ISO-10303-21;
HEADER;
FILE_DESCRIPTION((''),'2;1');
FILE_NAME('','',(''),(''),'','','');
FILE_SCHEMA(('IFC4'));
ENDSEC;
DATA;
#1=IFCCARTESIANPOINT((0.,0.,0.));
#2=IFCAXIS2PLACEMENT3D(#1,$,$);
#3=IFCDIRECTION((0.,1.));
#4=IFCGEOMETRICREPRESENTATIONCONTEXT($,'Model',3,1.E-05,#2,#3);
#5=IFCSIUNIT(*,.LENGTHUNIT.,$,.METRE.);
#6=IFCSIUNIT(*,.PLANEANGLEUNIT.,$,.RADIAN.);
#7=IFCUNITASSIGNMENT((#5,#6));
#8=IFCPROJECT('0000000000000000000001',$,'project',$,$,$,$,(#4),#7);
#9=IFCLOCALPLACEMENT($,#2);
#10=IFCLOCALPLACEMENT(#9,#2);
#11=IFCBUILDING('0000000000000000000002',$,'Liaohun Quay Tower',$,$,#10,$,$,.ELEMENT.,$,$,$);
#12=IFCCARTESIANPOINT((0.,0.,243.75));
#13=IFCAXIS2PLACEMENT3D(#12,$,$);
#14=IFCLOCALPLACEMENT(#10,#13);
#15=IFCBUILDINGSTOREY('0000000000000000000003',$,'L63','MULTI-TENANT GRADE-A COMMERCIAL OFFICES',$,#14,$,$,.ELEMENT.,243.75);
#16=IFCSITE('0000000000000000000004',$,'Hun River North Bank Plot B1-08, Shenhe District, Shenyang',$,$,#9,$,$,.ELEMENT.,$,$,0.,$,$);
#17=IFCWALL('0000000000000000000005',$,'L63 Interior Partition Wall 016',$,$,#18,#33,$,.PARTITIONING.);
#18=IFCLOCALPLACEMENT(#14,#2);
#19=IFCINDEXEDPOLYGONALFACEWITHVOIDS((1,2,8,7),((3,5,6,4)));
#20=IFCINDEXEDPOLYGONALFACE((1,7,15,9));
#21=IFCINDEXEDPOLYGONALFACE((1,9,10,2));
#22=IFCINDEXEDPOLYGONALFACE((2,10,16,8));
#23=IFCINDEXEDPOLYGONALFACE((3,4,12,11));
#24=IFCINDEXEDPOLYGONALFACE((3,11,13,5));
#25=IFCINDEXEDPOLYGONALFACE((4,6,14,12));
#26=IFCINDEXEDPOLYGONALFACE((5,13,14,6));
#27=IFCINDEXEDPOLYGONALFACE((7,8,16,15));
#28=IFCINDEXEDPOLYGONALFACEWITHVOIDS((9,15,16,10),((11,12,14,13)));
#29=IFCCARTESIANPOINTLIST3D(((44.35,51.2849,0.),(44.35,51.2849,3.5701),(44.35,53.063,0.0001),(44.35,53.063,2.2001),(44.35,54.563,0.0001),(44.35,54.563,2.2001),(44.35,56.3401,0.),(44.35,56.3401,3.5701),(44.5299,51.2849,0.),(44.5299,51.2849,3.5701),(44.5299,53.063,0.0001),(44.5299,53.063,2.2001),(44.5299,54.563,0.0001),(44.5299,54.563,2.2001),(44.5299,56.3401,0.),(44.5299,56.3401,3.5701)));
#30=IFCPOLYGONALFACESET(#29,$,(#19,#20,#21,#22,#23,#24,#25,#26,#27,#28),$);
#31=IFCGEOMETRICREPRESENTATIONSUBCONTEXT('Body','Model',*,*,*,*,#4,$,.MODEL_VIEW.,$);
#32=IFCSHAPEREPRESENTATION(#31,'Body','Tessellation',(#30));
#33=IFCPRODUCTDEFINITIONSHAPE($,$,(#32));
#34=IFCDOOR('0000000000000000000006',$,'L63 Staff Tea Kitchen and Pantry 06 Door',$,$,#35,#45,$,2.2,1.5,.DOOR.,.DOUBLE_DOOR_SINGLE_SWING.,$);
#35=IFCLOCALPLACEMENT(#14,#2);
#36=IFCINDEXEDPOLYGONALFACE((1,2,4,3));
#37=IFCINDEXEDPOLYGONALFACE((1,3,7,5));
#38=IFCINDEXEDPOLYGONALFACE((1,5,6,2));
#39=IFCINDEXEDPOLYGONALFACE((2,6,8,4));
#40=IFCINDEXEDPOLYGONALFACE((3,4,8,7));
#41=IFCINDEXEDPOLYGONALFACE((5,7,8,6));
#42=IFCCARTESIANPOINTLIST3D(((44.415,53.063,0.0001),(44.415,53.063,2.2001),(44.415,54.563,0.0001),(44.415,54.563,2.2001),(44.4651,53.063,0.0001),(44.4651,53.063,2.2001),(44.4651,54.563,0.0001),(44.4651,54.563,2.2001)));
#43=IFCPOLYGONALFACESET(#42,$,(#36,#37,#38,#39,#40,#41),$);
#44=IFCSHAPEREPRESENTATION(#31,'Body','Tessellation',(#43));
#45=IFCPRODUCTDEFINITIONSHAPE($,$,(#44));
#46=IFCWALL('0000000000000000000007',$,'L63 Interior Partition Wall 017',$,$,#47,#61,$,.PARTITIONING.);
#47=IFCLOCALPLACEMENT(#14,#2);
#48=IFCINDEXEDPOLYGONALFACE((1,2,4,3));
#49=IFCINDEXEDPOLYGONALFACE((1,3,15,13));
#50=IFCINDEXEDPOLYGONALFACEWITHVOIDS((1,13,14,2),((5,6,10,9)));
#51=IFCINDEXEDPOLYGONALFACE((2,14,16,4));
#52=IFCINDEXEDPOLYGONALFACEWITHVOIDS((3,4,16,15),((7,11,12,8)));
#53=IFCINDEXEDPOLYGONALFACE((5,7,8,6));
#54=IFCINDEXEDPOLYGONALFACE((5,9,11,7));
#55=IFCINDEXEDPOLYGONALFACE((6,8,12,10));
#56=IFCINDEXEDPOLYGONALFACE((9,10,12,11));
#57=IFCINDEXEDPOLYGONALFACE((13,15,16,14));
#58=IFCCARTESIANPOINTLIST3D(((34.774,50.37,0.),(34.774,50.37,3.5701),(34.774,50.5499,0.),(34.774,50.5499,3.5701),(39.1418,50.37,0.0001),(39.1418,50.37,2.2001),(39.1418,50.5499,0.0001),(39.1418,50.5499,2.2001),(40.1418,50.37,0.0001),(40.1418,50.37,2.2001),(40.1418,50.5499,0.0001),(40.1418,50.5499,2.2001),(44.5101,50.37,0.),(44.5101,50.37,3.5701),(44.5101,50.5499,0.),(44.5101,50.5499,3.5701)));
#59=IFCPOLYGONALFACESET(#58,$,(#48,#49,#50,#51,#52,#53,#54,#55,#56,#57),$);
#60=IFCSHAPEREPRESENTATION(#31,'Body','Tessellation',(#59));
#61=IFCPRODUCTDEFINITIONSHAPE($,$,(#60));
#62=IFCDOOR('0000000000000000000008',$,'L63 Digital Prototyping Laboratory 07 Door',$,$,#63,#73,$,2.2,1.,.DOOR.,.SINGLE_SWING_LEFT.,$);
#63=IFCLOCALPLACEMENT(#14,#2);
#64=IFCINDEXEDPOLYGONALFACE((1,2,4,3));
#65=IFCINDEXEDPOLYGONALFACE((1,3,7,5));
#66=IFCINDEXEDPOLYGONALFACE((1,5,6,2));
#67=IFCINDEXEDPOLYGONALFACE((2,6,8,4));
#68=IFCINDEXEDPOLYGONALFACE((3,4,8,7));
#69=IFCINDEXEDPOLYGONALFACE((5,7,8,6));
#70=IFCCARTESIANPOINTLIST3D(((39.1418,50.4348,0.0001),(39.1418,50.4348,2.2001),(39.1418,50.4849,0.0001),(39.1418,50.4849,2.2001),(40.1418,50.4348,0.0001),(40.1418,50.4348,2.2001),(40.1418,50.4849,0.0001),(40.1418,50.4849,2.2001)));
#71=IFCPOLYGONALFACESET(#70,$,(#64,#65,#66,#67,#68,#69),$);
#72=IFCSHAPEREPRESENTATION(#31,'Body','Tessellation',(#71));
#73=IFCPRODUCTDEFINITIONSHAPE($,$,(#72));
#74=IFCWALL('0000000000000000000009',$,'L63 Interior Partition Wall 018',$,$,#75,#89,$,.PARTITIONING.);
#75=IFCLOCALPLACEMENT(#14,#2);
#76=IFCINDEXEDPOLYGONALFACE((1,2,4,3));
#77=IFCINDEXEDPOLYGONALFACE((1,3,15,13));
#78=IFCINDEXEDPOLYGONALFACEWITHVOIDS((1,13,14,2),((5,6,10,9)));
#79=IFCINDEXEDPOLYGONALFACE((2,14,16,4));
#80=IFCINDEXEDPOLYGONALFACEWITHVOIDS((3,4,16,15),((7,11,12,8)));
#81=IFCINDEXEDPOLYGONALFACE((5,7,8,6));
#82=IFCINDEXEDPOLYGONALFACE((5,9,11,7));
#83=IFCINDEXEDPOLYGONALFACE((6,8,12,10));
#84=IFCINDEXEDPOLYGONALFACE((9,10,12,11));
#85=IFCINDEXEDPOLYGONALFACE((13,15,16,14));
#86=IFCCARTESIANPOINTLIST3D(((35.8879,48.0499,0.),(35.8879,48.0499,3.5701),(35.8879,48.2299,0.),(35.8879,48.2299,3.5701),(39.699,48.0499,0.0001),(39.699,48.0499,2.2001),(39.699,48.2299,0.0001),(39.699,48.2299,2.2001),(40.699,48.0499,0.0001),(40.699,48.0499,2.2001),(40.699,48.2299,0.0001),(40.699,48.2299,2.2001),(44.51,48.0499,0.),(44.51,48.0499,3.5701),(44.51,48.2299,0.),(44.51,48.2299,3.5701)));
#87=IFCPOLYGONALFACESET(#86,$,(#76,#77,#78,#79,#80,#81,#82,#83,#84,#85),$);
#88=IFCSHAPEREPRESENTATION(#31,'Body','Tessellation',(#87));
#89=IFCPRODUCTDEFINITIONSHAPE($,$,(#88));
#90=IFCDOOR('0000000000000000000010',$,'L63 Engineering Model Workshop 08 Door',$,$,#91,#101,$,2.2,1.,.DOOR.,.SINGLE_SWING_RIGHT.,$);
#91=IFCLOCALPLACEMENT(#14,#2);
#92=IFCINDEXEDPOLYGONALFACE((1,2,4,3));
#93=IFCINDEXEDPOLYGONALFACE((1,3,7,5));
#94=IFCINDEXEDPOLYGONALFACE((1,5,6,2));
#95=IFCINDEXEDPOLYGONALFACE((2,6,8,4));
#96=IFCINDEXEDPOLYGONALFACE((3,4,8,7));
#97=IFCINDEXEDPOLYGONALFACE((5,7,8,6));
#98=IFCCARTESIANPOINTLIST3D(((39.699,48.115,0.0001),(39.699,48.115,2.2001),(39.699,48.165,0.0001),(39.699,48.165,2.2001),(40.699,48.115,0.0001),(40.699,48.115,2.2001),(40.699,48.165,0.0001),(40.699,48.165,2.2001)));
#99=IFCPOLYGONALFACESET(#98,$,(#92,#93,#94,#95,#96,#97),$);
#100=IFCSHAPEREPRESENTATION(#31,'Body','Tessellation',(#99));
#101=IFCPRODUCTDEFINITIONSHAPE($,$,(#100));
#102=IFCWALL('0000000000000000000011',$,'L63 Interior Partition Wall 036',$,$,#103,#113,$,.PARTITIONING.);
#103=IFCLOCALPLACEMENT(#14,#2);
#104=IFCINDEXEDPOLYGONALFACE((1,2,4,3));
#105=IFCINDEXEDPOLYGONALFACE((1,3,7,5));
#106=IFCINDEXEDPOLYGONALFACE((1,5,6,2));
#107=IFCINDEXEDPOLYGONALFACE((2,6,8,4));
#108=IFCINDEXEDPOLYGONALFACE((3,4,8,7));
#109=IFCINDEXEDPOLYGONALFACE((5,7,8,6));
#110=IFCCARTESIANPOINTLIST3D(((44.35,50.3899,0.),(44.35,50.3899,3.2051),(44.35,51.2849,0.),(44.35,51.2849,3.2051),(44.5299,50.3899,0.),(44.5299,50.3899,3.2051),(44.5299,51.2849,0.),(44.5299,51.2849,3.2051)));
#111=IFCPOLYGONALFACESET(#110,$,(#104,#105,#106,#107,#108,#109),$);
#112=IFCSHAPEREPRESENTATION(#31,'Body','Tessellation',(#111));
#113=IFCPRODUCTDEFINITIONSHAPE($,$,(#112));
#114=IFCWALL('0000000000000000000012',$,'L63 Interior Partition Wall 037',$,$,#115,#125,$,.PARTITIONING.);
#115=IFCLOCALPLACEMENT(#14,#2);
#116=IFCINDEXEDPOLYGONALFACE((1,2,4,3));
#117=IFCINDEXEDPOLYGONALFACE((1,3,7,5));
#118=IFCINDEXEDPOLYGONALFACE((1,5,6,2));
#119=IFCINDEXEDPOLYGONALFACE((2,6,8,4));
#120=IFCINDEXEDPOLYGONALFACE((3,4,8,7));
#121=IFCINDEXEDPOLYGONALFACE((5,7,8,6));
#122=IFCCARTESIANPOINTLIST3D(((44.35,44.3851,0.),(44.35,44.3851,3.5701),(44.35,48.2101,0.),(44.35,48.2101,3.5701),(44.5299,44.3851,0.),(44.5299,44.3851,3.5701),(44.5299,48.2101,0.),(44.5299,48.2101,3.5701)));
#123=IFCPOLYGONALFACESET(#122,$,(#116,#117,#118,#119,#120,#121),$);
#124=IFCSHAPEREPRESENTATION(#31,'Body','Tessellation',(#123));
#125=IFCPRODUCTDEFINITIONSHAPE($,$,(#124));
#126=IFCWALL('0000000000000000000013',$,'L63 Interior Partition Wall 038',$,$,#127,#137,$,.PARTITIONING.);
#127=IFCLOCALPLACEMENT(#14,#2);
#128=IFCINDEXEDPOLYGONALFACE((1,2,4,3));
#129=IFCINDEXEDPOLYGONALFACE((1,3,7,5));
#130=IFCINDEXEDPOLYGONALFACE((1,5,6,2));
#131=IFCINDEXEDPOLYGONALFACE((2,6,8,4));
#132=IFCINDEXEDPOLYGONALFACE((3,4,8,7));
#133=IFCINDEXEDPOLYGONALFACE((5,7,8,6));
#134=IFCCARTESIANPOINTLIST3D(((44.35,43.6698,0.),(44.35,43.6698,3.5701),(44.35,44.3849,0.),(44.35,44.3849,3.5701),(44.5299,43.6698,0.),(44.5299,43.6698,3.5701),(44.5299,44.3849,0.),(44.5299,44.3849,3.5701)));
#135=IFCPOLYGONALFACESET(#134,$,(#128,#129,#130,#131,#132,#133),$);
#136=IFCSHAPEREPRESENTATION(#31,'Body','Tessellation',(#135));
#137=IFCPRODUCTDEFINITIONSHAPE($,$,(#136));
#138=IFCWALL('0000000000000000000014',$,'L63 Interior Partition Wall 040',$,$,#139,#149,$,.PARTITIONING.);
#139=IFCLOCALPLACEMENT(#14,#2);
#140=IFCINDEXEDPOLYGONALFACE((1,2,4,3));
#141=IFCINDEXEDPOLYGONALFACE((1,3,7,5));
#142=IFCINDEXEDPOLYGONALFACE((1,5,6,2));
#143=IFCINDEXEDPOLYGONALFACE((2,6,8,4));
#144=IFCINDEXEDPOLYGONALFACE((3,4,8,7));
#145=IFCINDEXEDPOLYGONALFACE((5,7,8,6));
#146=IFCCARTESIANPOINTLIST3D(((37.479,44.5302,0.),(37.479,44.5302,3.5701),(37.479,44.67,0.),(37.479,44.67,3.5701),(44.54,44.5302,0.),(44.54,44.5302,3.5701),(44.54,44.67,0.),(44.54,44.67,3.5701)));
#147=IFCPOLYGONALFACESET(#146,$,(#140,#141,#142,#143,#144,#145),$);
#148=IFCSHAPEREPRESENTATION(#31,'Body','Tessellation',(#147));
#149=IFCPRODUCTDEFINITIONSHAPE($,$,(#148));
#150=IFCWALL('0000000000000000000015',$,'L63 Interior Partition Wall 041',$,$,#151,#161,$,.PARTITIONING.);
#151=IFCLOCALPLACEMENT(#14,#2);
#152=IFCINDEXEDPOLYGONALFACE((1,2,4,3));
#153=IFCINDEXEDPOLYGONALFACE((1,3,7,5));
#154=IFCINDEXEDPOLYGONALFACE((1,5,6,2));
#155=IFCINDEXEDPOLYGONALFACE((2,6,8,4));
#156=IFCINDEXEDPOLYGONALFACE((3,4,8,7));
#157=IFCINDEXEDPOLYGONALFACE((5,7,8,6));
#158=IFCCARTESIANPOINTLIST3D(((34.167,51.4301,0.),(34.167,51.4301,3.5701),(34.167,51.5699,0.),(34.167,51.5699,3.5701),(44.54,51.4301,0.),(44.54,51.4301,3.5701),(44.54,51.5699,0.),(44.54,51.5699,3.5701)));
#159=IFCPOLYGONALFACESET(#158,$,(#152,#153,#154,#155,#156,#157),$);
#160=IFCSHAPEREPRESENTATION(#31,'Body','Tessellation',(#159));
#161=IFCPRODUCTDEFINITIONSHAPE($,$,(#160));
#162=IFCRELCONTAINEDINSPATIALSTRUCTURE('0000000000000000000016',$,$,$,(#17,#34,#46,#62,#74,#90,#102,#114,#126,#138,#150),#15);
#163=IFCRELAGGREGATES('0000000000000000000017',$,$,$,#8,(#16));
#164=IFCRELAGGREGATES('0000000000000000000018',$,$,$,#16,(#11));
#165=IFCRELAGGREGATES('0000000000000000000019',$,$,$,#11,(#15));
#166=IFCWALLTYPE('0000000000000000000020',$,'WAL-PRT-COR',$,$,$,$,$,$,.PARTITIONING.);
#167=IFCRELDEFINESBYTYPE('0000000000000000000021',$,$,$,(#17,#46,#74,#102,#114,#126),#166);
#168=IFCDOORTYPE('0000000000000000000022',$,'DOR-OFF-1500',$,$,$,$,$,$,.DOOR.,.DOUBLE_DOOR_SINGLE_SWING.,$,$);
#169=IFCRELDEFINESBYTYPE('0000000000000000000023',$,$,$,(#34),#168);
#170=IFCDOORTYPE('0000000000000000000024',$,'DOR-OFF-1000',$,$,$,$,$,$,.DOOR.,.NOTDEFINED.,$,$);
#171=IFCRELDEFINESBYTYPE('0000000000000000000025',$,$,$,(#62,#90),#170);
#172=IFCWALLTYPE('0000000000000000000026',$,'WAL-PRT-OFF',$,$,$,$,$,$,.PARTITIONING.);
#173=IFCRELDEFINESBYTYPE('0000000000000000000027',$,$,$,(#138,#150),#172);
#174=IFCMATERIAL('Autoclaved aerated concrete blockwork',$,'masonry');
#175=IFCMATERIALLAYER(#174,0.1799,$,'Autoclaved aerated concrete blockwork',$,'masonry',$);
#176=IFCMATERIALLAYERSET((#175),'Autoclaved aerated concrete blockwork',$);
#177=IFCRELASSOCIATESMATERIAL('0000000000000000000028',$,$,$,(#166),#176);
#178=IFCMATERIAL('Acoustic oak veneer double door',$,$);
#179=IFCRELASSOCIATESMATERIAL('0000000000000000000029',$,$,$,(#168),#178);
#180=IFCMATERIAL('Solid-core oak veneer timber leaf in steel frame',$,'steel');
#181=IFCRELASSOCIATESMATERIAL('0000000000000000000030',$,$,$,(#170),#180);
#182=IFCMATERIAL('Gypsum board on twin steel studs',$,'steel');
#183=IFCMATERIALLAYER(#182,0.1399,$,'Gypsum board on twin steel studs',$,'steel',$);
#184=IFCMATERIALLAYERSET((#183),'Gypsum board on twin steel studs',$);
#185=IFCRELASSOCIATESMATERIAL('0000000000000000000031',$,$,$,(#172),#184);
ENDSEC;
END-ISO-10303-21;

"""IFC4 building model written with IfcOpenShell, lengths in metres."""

from ifc_helpers import new_model, si_unit, direction, frame, frame_2d, origin, place, context, subcontext, project, spatial, rectangle, extrude, source, transform, mapped, material, layer, layer_set, type_object, element, fill, save


model = new_model("IFC4")

# Units and contexts
model_context = context("Model", 3, precision=1e-05, world=origin(), true_north=direction((0.0, 1.0)))
body_context = subcontext(model_context, "Body", "Model", "MODEL_VIEW")
ifc_project = project(units=[si_unit("LENGTHUNIT", "METRE"), si_unit("PLANEANGLEUNIT", "RADIAN")], contexts=[model_context])

# Site, building, storey
site_placement = place(None, origin())
site = spatial("IfcSite", under=ifc_project, at=site_placement, Name="Hun River North Bank Plot B1-08, Shenhe District, Shenyang", CompositionType="ELEMENT", RefElevation=0.0)
building_placement = place(site_placement, origin())
building = spatial("IfcBuilding", under=site, at=building_placement, Name="Liaohun Quay Tower", CompositionType="ELEMENT")
storey_placement = place(building_placement, frame((0.0, 0.0, 243.75)))
storey = spatial("IfcBuildingStorey", under=building, at=storey_placement, Name="L63", Description="MULTI-TENANT GRADE-A COMMERCIAL OFFICES", CompositionType="ELEMENT", Elevation=243.75)

# Walls, openings, doors
ifc_material_1 = material(Name="Autoclaved aerated concrete blockwork", Category="masonry")
ifc_layer_1 = layer(ifc_material_1, 0.1799, Name="Autoclaved aerated concrete blockwork", Category="masonry")
ifc_layer_set_1 = layer_set([ifc_layer_1], Name="Autoclaved aerated concrete blockwork")
wall_type_1 = type_object("IfcWallType", Name="WAL-PRT-COR", PredefinedType="PARTITIONING", material=ifc_layer_set_1)
wall_1_placement = place(storey_placement, frame((44.4399, 51.2849, 0.0), z_axis=(0.0, 0.0, 1.0), x_axis=(0.0, 1.0, 0.0)))
wall_1 = element("IfcWall", 1, at=wall_1_placement, inside=storey, type_object=wall_type_1, Name="L63 Interior Partition Wall 016", PredefinedType="PARTITIONING", context=body_context, shape_type="SweptSolid", body=[
    extrude(rectangle(XDim=5.0552, YDim=0.1799, at=frame_2d((2.5276, 0.0))), origin(), (0.0, 0.0, 1.0), 3.5701),
])
shared_shape_1 = source(origin(), body_context, "Body", "SweptSolid", [
    extrude(rectangle(XDim=1.5, YDim=2.2, at=frame_2d((0.75, 1.1001))), frame((0.0, 0.0999, 0.0), z_axis=(0.0, -1.0, 0.0), x_axis=(1.0, 0.0, 0.0)), (0.0, 0.0, 1.0), 0.2),
])
opening_1_placement = place(wall_1_placement, frame((1.7781, 0.0, 0.0)))
opening_1 = element("IfcOpeningElement", 2, at=opening_1_placement, cuts=wall_1, PredefinedType="OPENING", context=body_context, shape_type="MappedRepresentation", body=[
    mapped(shared_shape_1, transform((0.0, 0.0, 0.0), x_axis=(1.0, 0.0, 0.0), y_axis=(0.0, 1.0, 0.0), z_axis=(0.0, 0.0, 1.0), scale=1.0)),
])
ifc_material_2 = material(Name="Acoustic oak veneer double door")
door_type_1 = type_object("IfcDoorType", Name="DOR-OFF-1500", OperationType="DOUBLE_DOOR_SINGLE_SWING", PredefinedType="DOOR", material=ifc_material_2)
shared_shape_2 = source(origin(), body_context, "Body", "SweptSolid", [
    extrude(rectangle(XDim=1.5, YDim=2.2, at=frame_2d((0.75, 1.1001))), frame((0.0, 0.0249, 0.0), z_axis=(0.0, -1.0, 0.0), x_axis=(1.0, 0.0, 0.0)), (0.0, 0.0, 1.0), 0.05),
])
door_1_placement = place(opening_1_placement, origin())
door_1 = element("IfcDoor", 3, at=door_1_placement, inside=storey, type_object=door_type_1, Name="L63 Staff Tea Kitchen and Pantry 06 Door", OperationType="DOUBLE_DOOR_SINGLE_SWING", OverallHeight=2.2, OverallWidth=1.5, PredefinedType="DOOR", context=body_context, shape_type="MappedRepresentation", body=[
    mapped(shared_shape_2, transform((0.0, 0.0, 0.0), x_axis=(1.0, 0.0, 0.0), y_axis=(0.0, 1.0, 0.0), z_axis=(0.0, 0.0, 1.0), scale=1.0)),
])
fill(opening_1, door_1)
wall_2_placement = place(storey_placement, frame((34.7739, 50.46, 0.0), z_axis=(0.0, 0.0, 1.0), x_axis=(1.0, 0.0, 0.0)))
wall_2 = element("IfcWall", 4, at=wall_2_placement, inside=storey, type_object=wall_type_1, Name="L63 Interior Partition Wall 017", PredefinedType="PARTITIONING", context=body_context, shape_type="SweptSolid", body=[
    extrude(rectangle(XDim=9.7361, YDim=0.1799, at=frame_2d((4.8682, 0.0))), origin(), (0.0, 0.0, 1.0), 3.5701),
])
shared_shape_3 = source(origin(), body_context, "Body", "SweptSolid", [
    extrude(rectangle(XDim=1.0, YDim=2.2, at=frame_2d((0.5, 1.1001))), frame((0.0, 0.0999, 0.0), z_axis=(0.0, -1.0, 0.0), x_axis=(1.0, 0.0, 0.0)), (0.0, 0.0, 1.0), 0.2),
])
opening_2_placement = place(wall_2_placement, frame((4.3679, 0.0, 0.0)))
opening_2 = element("IfcOpeningElement", 5, at=opening_2_placement, cuts=wall_2, PredefinedType="OPENING", context=body_context, shape_type="MappedRepresentation", body=[
    mapped(shared_shape_3, transform((0.0, 0.0, 0.0), x_axis=(1.0, 0.0, 0.0), y_axis=(0.0, 1.0, 0.0), z_axis=(0.0, 0.0, 1.0), scale=1.0)),
])
ifc_material_3 = material(Name="Solid-core oak veneer timber leaf in steel frame", Category="steel")
door_type_2 = type_object("IfcDoorType", Name="DOR-OFF-1000", OperationType="NOTDEFINED", PredefinedType="DOOR", material=ifc_material_3)
shared_shape_4 = source(origin(), body_context, "Body", "SweptSolid", [
    extrude(rectangle(XDim=1.0, YDim=2.2, at=frame_2d((0.5, 1.1001))), frame((0.0, 0.0249, 0.0), z_axis=(0.0, -1.0, 0.0), x_axis=(1.0, 0.0, 0.0)), (0.0, 0.0, 1.0), 0.05),
])
door_2_placement = place(opening_2_placement, origin())
door_2 = element("IfcDoor", 6, at=door_2_placement, inside=storey, type_object=door_type_2, Name="L63 Digital Prototyping Laboratory 07 Door", OperationType="SINGLE_SWING_LEFT", OverallHeight=2.2, OverallWidth=1.0, PredefinedType="DOOR", context=body_context, shape_type="MappedRepresentation", body=[
    mapped(shared_shape_4, transform((0.0, 0.0, 0.0), x_axis=(1.0, 0.0, 0.0), y_axis=(0.0, 1.0, 0.0), z_axis=(0.0, 0.0, 1.0), scale=1.0)),
])
fill(opening_2, door_2)
wall_3_placement = place(storey_placement, frame((44.51, 48.1399, 0.0), z_axis=(0.0, 0.0, 1.0), x_axis=(-1.0, 0.0, 0.0)))
wall_3 = element("IfcWall", 7, at=wall_3_placement, inside=storey, type_object=wall_type_1, Name="L63 Interior Partition Wall 018", PredefinedType="PARTITIONING", context=body_context, shape_type="SweptSolid", body=[
    extrude(rectangle(XDim=8.6221, YDim=0.1799, at=frame_2d((4.311, 0.0))), origin(), (0.0, 0.0, 1.0), 3.5701),
])
opening_3_placement = place(wall_3_placement, frame((3.811, 0.0, 0.0)))
opening_3 = element("IfcOpeningElement", 8, at=opening_3_placement, cuts=wall_3, PredefinedType="OPENING", context=body_context, shape_type="MappedRepresentation", body=[
    mapped(shared_shape_3, transform((0.0, 0.0, 0.0), x_axis=(1.0, 0.0, 0.0), y_axis=(0.0, 1.0, 0.0), z_axis=(0.0, 0.0, 1.0), scale=1.0)),
])
door_3_placement = place(opening_3_placement, origin())
door_3 = element("IfcDoor", 9, at=door_3_placement, inside=storey, type_object=door_type_2, Name="L63 Engineering Model Workshop 08 Door", OperationType="SINGLE_SWING_RIGHT", OverallHeight=2.2, OverallWidth=1.0, PredefinedType="DOOR", context=body_context, shape_type="MappedRepresentation", body=[
    mapped(shared_shape_4, transform((0.0, 0.0, 0.0), x_axis=(1.0, 0.0, 0.0), y_axis=(0.0, 1.0, 0.0), z_axis=(0.0, 0.0, 1.0), scale=1.0)),
])
fill(opening_3, door_3)

# Walls
wall_4_placement = place(storey_placement, frame((44.4399, 50.3899, 0.0), z_axis=(0.0, 0.0, 1.0), x_axis=(0.0, 1.0, 0.0)))
element("IfcWall", 10, at=wall_4_placement, inside=storey, type_object=wall_type_1, Name="L63 Interior Partition Wall 036", PredefinedType="PARTITIONING", context=body_context, shape_type="SweptSolid", body=[
    extrude(rectangle(XDim=0.895, YDim=0.1799, at=frame_2d((0.4475, 0.0))), origin(), (0.0, 0.0, 1.0), 3.2051),
])
wall_5_placement = place(storey_placement, frame((44.4399, 44.385, 0.0), z_axis=(0.0, 0.0, 1.0), x_axis=(0.0, 1.0, 0.0)))
element("IfcWall", 11, at=wall_5_placement, inside=storey, type_object=wall_type_1, Name="L63 Interior Partition Wall 037", PredefinedType="PARTITIONING", context=body_context, shape_type="SweptSolid", body=[
    extrude(rectangle(XDim=3.825, YDim=0.1799, at=frame_2d((1.9126, 0.0))), origin(), (0.0, 0.0, 1.0), 3.5701),
])
wall_6_placement = place(storey_placement, frame((44.4399, 43.6699, 0.0), z_axis=(0.0, 0.0, 1.0), x_axis=(0.0, 1.0, 0.0)))
element("IfcWall", 12, at=wall_6_placement, inside=storey, type_object=wall_type_1, Name="L63 Interior Partition Wall 038", PredefinedType="PARTITIONING", context=body_context, shape_type="SweptSolid", body=[
    extrude(rectangle(XDim=0.7151, YDim=0.1799, at=frame_2d((0.3574, 0.0))), origin(), (0.0, 0.0, 1.0), 3.5701),
])
ifc_material_4 = material(Name="Gypsum board on twin steel studs", Category="steel")
ifc_layer_2 = layer(ifc_material_4, 0.1399, Name="Gypsum board on twin steel studs", Category="steel")
ifc_layer_set_2 = layer_set([ifc_layer_2], Name="Gypsum board on twin steel studs")
wall_type_2 = type_object("IfcWallType", Name="WAL-PRT-OFF", PredefinedType="PARTITIONING", material=ifc_layer_set_2)
wall_7_placement = place(storey_placement, frame((44.54, 44.6001, 0.0), z_axis=(0.0, 0.0, 1.0), x_axis=(-1.0, 0.0, 0.0)))
element("IfcWall", 13, at=wall_7_placement, inside=storey, type_object=wall_type_2, Name="L63 Interior Partition Wall 040", PredefinedType="PARTITIONING", context=body_context, shape_type="SweptSolid", body=[
    extrude(rectangle(XDim=7.061, YDim=0.1399, at=frame_2d((3.5305, 0.0))), origin(), (0.0, 0.0, 1.0), 3.5701),
])
wall_8_placement = place(storey_placement, frame((44.54, 51.5, 0.0), z_axis=(0.0, 0.0, 1.0), x_axis=(-1.0, 0.0, 0.0)))
element("IfcWall", 14, at=wall_8_placement, inside=storey, type_object=wall_type_2, Name="L63 Interior Partition Wall 041", PredefinedType="PARTITIONING", context=body_context, shape_type="SweptSolid", body=[
    extrude(rectangle(XDim=10.373, YDim=0.1399, at=frame_2d((5.1865, 0.0))), origin(), (0.0, 0.0, 1.0), 3.5701),
])

save(model, "model.ifc")
